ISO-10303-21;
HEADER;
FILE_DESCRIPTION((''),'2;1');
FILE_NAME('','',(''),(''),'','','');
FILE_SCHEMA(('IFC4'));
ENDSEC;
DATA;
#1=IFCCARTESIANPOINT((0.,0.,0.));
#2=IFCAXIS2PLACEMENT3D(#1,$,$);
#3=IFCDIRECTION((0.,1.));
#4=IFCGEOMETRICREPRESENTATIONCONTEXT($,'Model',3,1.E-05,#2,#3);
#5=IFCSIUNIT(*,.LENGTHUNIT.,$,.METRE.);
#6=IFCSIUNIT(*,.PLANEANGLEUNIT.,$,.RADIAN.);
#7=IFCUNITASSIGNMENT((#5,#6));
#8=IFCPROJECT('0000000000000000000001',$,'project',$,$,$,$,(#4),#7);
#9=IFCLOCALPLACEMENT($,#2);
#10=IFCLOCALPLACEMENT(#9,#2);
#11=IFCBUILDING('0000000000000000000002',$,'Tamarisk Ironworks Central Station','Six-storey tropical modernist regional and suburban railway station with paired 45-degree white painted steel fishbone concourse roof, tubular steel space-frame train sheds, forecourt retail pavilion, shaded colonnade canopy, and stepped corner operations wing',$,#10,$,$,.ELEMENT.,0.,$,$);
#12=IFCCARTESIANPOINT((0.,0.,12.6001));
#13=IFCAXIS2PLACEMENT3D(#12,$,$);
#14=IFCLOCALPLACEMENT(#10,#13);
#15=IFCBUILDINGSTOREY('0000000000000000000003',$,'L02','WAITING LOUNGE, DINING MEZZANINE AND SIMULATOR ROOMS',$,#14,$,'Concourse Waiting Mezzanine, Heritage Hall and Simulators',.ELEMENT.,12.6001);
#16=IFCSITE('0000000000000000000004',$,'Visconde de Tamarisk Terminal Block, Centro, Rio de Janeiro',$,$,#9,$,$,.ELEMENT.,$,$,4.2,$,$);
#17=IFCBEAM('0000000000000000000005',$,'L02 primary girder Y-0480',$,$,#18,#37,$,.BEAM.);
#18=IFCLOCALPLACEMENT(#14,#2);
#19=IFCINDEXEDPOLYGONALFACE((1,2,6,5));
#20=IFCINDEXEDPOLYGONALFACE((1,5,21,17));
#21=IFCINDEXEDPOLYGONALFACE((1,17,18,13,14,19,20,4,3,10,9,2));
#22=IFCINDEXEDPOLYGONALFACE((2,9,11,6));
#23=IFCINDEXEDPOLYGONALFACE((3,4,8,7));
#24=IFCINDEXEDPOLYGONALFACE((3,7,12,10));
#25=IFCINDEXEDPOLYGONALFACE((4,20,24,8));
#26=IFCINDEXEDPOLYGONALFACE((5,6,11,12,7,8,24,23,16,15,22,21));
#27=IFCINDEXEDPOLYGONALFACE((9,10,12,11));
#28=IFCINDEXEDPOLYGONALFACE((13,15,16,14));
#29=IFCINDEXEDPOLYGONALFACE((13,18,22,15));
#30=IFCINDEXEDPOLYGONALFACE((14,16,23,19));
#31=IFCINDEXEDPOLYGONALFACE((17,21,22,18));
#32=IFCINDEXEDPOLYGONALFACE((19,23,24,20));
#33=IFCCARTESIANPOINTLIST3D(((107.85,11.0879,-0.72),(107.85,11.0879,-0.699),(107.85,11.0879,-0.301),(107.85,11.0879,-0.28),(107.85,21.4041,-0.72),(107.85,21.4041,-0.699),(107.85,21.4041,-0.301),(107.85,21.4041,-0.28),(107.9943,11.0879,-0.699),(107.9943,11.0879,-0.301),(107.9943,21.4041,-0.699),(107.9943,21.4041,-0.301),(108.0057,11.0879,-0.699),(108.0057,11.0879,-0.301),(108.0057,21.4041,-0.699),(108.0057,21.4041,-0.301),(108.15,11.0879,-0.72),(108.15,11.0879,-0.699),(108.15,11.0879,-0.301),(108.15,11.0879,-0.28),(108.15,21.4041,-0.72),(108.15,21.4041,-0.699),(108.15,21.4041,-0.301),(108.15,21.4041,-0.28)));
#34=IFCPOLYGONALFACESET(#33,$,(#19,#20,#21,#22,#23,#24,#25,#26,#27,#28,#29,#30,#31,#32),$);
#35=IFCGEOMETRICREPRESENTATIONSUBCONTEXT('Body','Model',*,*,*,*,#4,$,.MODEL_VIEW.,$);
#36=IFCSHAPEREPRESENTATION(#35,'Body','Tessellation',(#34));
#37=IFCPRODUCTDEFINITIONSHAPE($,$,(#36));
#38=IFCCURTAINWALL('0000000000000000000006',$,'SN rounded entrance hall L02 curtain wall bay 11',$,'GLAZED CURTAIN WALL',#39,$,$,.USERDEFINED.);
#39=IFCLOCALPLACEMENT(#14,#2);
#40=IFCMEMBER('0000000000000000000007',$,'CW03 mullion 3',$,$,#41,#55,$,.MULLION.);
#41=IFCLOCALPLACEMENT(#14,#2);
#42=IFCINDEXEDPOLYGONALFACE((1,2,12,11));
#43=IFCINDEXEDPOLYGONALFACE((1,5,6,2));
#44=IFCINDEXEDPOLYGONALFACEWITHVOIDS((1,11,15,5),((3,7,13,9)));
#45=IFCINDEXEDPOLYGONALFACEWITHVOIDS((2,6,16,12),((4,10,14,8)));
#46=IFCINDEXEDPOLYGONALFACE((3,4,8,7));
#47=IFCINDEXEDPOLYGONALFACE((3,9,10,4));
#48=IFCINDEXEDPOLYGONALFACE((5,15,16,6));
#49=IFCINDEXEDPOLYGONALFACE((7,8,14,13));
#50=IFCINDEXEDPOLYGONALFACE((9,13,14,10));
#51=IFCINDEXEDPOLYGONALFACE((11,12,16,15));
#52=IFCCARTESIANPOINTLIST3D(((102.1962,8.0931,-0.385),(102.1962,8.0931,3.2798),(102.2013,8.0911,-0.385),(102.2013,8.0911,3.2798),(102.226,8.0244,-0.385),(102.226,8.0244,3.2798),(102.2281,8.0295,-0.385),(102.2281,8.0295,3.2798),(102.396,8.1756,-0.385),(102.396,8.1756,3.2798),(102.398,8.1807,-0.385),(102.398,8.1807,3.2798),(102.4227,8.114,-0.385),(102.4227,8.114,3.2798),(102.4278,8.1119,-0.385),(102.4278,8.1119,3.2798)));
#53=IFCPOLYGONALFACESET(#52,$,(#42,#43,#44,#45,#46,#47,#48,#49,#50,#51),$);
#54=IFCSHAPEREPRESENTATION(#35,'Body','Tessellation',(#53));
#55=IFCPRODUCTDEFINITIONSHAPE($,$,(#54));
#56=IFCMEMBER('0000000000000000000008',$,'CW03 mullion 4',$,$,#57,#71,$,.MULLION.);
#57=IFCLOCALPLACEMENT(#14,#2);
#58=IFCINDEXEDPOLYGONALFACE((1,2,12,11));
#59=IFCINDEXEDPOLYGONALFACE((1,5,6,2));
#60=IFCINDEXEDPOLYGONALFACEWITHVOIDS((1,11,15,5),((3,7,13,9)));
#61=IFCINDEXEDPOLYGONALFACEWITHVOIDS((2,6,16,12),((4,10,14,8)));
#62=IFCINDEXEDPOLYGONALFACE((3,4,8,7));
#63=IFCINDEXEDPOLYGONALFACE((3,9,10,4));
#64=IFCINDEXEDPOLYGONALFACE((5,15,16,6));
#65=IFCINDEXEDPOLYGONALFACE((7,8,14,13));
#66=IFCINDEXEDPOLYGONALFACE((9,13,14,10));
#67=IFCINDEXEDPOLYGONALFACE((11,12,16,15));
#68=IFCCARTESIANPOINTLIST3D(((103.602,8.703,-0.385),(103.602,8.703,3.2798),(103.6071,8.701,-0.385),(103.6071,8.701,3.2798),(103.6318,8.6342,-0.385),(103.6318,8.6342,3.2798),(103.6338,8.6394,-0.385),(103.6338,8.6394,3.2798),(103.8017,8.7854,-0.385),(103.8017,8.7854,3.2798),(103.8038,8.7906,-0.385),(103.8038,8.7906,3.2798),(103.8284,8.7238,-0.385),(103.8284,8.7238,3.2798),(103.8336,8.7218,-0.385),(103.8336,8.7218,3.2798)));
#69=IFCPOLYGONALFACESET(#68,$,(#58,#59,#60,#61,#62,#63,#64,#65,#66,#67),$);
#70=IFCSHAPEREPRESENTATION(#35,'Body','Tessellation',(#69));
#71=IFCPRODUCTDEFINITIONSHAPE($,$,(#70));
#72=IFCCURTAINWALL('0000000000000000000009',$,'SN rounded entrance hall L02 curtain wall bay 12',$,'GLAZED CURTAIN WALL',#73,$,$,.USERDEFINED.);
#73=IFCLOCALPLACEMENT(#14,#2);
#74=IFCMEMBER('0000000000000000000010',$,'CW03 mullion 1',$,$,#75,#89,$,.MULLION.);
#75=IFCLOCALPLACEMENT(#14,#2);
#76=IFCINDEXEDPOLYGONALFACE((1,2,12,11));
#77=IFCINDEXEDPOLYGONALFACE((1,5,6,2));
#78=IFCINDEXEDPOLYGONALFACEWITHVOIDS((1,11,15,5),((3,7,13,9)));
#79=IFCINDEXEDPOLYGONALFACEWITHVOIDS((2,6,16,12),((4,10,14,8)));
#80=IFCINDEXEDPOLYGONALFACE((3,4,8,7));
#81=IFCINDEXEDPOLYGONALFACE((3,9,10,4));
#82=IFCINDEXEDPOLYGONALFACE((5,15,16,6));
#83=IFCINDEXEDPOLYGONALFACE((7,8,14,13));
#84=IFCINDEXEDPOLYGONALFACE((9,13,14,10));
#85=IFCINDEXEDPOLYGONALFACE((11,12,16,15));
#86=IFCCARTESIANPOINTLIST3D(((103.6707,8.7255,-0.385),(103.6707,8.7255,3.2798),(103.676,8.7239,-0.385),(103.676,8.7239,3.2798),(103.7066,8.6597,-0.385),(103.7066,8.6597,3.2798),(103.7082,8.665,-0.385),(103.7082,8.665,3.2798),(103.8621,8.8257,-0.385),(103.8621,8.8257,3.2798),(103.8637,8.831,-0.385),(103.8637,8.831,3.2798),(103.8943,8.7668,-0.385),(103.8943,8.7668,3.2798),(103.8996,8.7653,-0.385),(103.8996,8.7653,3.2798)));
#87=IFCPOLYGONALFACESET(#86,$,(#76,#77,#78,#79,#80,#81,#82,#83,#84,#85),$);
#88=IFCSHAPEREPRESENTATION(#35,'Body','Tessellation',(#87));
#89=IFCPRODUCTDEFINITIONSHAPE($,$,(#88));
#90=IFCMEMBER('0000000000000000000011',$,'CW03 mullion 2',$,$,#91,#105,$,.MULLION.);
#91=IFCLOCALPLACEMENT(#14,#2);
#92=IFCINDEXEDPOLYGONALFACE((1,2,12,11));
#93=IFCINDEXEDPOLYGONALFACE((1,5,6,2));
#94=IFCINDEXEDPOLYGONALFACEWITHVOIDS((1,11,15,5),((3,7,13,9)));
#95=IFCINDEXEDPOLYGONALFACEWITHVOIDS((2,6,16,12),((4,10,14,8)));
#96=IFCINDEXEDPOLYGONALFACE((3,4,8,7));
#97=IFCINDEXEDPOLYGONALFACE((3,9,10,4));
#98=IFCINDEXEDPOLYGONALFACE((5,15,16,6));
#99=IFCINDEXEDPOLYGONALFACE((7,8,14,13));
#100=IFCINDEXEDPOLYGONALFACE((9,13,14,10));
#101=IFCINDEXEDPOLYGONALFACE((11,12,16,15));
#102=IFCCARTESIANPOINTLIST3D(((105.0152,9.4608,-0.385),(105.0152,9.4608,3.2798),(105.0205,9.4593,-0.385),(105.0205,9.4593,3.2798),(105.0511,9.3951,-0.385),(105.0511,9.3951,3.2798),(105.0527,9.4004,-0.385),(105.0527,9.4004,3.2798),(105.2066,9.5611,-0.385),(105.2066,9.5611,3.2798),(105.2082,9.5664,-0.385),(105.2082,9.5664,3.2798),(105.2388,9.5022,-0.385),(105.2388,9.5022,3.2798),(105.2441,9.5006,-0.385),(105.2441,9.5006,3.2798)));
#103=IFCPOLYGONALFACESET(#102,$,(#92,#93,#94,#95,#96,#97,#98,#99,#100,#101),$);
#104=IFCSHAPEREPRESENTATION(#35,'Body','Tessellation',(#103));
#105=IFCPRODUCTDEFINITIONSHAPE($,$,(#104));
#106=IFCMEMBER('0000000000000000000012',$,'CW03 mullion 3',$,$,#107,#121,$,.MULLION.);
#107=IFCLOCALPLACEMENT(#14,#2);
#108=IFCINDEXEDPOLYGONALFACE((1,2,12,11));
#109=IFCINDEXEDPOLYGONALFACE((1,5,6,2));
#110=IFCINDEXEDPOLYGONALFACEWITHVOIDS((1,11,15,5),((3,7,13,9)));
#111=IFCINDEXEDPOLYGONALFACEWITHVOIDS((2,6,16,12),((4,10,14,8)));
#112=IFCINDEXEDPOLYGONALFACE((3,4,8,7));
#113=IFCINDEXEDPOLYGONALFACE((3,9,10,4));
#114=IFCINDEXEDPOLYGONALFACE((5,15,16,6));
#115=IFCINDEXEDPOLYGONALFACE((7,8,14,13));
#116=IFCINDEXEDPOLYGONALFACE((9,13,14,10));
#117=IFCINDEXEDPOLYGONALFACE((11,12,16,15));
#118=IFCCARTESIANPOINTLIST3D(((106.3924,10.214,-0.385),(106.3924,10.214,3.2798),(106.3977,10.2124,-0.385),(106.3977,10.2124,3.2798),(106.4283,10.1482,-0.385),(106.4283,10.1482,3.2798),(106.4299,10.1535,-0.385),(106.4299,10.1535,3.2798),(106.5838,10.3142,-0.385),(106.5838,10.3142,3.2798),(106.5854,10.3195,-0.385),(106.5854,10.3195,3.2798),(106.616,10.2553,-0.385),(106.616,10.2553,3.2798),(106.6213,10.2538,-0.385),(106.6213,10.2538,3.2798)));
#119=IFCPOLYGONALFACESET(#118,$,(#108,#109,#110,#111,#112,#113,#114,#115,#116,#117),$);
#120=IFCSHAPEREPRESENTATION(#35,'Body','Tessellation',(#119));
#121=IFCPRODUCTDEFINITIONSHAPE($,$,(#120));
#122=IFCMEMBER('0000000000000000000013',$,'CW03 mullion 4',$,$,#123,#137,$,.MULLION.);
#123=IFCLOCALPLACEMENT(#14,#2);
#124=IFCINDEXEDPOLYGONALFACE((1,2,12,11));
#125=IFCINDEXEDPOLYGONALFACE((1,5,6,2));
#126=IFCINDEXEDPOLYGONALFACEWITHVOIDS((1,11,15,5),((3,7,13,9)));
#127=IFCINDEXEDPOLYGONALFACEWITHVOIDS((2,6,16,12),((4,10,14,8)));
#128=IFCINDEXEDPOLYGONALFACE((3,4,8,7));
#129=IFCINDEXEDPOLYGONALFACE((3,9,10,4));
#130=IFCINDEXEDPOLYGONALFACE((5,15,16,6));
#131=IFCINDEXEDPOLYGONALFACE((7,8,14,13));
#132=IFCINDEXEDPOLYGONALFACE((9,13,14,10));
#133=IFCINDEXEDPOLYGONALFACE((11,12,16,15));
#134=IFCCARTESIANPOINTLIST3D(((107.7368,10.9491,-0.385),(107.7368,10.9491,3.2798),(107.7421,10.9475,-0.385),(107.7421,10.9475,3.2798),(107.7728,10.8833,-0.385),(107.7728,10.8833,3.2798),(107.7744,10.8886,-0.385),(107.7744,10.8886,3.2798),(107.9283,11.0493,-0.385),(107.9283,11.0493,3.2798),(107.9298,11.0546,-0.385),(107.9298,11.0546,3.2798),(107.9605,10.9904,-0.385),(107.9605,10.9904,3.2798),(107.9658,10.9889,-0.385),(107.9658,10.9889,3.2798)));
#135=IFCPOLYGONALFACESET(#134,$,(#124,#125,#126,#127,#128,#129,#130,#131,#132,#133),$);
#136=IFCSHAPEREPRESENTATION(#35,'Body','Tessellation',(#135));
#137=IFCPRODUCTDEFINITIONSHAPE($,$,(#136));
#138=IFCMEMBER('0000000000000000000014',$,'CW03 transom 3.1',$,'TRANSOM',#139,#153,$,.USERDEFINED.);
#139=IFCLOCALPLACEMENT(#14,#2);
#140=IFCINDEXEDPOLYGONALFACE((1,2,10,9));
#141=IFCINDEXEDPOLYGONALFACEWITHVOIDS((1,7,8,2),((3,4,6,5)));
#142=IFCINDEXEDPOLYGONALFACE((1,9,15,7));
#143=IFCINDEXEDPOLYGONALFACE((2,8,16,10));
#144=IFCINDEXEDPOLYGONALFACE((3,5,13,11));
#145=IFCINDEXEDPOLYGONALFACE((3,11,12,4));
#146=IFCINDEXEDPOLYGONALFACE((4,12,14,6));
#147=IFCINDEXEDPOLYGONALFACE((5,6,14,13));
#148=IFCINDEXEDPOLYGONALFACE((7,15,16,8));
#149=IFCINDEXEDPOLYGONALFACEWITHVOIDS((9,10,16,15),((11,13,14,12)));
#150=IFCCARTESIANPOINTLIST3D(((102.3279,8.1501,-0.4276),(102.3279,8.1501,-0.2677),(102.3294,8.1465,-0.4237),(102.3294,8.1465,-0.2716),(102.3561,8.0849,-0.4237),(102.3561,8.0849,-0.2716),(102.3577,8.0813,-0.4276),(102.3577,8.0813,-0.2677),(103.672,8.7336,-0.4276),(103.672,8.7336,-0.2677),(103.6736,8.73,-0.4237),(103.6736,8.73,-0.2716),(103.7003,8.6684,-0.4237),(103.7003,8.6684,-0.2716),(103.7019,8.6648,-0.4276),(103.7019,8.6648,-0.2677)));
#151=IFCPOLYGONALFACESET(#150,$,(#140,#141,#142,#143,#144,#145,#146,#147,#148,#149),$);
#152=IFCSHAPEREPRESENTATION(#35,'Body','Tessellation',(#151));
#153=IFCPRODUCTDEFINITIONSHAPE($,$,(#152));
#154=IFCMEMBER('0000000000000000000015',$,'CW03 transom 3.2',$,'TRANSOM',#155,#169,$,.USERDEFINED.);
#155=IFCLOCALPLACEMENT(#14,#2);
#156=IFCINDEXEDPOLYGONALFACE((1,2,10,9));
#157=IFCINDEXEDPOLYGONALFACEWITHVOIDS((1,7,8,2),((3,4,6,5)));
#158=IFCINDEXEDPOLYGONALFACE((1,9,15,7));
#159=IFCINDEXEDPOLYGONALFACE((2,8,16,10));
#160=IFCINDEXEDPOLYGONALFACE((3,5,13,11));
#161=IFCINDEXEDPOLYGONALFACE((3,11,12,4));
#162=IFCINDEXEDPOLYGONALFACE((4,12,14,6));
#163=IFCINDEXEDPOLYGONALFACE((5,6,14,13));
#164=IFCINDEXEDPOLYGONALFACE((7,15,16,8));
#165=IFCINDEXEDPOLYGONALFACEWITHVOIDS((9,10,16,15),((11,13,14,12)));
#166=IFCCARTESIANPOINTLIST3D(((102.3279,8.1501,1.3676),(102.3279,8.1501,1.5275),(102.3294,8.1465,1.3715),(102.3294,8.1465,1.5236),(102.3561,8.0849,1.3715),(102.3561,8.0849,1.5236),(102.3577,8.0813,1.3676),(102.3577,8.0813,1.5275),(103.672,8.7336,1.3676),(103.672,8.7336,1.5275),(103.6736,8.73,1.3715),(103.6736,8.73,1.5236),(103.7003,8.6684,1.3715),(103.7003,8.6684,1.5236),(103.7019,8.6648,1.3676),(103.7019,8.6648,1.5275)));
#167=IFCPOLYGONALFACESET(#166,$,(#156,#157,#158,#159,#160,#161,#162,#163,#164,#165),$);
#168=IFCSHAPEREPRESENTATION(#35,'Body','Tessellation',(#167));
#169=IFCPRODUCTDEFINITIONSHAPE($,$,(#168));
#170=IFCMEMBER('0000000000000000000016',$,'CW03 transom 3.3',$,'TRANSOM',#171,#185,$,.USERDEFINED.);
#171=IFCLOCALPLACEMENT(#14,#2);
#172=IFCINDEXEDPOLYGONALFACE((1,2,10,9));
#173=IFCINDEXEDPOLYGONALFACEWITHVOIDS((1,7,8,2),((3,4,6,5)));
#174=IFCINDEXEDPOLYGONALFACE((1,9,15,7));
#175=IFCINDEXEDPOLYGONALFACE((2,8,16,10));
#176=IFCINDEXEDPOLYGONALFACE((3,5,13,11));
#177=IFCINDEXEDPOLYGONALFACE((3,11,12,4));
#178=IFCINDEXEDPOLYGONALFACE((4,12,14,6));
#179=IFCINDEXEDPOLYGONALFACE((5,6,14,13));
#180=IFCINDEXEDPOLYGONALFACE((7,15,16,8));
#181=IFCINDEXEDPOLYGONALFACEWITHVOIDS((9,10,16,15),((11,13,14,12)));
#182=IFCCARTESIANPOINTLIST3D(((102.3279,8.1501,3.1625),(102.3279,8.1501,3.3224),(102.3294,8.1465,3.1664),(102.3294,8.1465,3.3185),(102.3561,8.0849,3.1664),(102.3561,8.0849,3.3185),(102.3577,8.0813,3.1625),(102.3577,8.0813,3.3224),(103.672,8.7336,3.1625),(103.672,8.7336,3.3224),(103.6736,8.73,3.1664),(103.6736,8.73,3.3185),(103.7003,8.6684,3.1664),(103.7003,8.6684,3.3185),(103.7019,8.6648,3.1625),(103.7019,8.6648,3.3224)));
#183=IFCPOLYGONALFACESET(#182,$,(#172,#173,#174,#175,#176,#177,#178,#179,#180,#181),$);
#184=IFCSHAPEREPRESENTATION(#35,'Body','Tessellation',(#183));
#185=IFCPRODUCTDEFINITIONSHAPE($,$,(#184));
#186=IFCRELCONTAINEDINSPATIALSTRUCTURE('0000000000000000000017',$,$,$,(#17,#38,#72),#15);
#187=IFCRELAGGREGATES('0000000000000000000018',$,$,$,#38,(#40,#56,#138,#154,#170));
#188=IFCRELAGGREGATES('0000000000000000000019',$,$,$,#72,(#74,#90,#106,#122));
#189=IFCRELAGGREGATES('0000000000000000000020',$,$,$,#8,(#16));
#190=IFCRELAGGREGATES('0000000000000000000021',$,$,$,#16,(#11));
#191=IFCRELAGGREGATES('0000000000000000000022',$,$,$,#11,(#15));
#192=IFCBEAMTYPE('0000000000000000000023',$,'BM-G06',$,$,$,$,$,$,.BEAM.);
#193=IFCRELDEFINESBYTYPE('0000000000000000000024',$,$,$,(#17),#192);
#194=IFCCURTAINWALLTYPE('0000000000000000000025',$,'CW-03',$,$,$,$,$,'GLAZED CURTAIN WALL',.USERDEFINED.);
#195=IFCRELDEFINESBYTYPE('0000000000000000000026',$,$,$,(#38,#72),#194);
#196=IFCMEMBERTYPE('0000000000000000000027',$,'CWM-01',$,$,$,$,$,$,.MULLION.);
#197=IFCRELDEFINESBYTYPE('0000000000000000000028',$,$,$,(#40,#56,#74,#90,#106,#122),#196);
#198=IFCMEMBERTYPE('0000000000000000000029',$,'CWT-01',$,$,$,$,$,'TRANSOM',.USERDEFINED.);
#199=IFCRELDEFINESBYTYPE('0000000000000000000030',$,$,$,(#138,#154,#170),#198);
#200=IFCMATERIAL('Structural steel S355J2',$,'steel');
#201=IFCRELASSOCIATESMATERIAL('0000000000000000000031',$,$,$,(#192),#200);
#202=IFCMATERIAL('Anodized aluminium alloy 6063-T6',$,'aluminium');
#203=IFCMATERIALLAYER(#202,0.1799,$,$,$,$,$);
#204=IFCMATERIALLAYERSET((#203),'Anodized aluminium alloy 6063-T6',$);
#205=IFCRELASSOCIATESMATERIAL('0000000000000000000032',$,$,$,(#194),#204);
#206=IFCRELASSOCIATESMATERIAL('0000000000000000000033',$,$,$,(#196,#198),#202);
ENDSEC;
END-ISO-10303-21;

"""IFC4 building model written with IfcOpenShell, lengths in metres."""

from ifc_helpers import new_model, si_unit, direction, frame, origin, origin_2d, place, context, subcontext, project, spatial, hollow_rectangle, i_section, extrude, material, layer, layer_set, material_profile, profile_set, type_object, element, aggregate, save


model = new_model("IFC4")

# Units and contexts
model_context = context("Model", 3, precision=1e-05, world=origin(), true_north=direction((0.0, 1.0)))
body_context = subcontext(model_context, "Body", "Model", "MODEL_VIEW")
ifc_project = project(units=[si_unit("LENGTHUNIT", "METRE"), si_unit("PLANEANGLEUNIT", "RADIAN")], contexts=[model_context])

# Site, building, storey
site_placement = place(None, origin())
site = spatial("IfcSite", under=ifc_project, at=site_placement, Name="Visconde de Tamarisk Terminal Block, Centro, Rio de Janeiro", CompositionType="ELEMENT", RefElevation=4.2)
building_placement = place(site_placement, origin())
building = spatial("IfcBuilding", under=site, at=building_placement, Name="Tamarisk Ironworks Central Station", Description="Six-storey tropical modernist regional and suburban railway station with paired 45-degree white painted steel fishbone concourse roof, tubular steel space-frame train sheds, forecourt retail pavilion, shaded colonnade canopy, and stepped corner operations wing", CompositionType="ELEMENT", ElevationOfRefHeight=0.0)
storey_placement = place(building_placement, frame((0.0, 0.0, 12.6001)))
storey = spatial("IfcBuildingStorey", under=building, at=storey_placement, Name="L02", Description="WAITING LOUNGE, DINING MEZZANINE AND SIMULATOR ROOMS", LongName="Concourse Waiting Mezzanine, Heritage Hall and Simulators", CompositionType="ELEMENT", Elevation=12.6001)

# Beam
ifc_material_1 = material(Name="Structural steel S355J2", Category="steel")
ifc_material_profile_1 = material_profile(ifc_material_1, i_section(OverallWidth=0.3, OverallDepth=0.4399, WebThickness=0.0115, FlangeThickness=0.021, at=origin_2d()), Name="HEA 450")
ifc_profile_set_1 = profile_set([ifc_material_profile_1], Name="Structural steel S355J2")
beam_type_1 = type_object("IfcBeamType", Name="BM-G06", PredefinedType="BEAM", material=ifc_profile_set_1)
beam_1_placement = place(storey_placement, frame((108.0, 11.0879, -0.5), z_axis=(0.0, 1.0, 0.0), x_axis=(-1.0, 0.0, 0.0)))
element("IfcBeam", 1, at=beam_1_placement, inside=storey, type_object=beam_type_1, Name="L02 primary girder Y-0480", PredefinedType="BEAM", context=body_context, shape_type="SweptSolid", body=[
    extrude(i_section(OverallWidth=0.3, OverallDepth=0.4399, WebThickness=0.0115, FlangeThickness=0.021, at=origin_2d()), origin(), (0.0, 0.0, 1.0), 10.3162),
])

# Curtain walls, members
ifc_material_2 = material(Name="Anodized aluminium alloy 6063-T6", Category="aluminium")
ifc_layer_1 = layer(ifc_material_2, 0.1799)
ifc_layer_set_1 = layer_set([ifc_layer_1], Name="Anodized aluminium alloy 6063-T6")
curtain_wall_type = type_object("IfcCurtainWallType", Name="CW-03", ElementType="GLAZED CURTAIN WALL", PredefinedType="USERDEFINED", material=ifc_layer_set_1)
curtain_wall_1_placement = place(storey_placement, origin())
curtain_wall_1 = element("IfcCurtainWall", 2, at=curtain_wall_1_placement, inside=storey, type_object=curtain_wall_type, Name="SN rounded entrance hall L02 curtain wall bay 11", ObjectType="GLAZED CURTAIN WALL", PredefinedType="USERDEFINED")
ifc_material_profile_2 = material_profile(ifc_material_2, hollow_rectangle(XDim=0.075, YDim=0.22, WallThickness=0.0039, at=origin_2d()), Name="ALUM 220x75")
ifc_profile_set_2 = profile_set([ifc_material_profile_2], Name="Anodized aluminium alloy 6063-T6")
member_type_1 = type_object("IfcMemberType", Name="CWM-01", PredefinedType="MULLION", material=ifc_profile_set_2)
member_1_placement = place(storey_placement, frame((102.312, 8.1025, -0.385), z_axis=(0.0, 0.0, 1.0), x_axis=(-0.398077, 0.917352, 0.0)))
member_1 = element("IfcMember", 3, at=member_1_placement, type_object=member_type_1, Name="CW03 mullion 3", PredefinedType="MULLION", context=body_context, shape_type="SweptSolid", body=[
    extrude(hollow_rectangle(XDim=0.075, YDim=0.22, WallThickness=0.0039, at=origin_2d()), origin(), (0.0, 0.0, 1.0), 3.6648),
])
member_2_placement = place(storey_placement, frame((103.7178, 8.7124, -0.385), z_axis=(0.0, 0.0, 1.0), x_axis=(-0.398077, 0.917352, 0.0)))
member_2 = element("IfcMember", 4, at=member_2_placement, type_object=member_type_1, Name="CW03 mullion 4", PredefinedType="MULLION", context=body_context, shape_type="SweptSolid", body=[
    extrude(hollow_rectangle(XDim=0.075, YDim=0.22, WallThickness=0.0039, at=origin_2d()), origin(), (0.0, 0.0, 1.0), 3.6648),
])
curtain_wall_2_placement = place(storey_placement, origin())
curtain_wall_2 = element("IfcCurtainWall", 5, at=curtain_wall_2_placement, inside=storey, type_object=curtain_wall_type, Name="SN rounded entrance hall L02 curtain wall bay 12", ObjectType="GLAZED CURTAIN WALL", PredefinedType="USERDEFINED")
member_3_placement = place(storey_placement, frame((103.7852, 8.7454, -0.385), z_axis=(0.0, 0.0, 1.0), x_axis=(-0.479805, 0.877375, 0.0)))
member_3 = element("IfcMember", 6, at=member_3_placement, type_object=member_type_1, Name="CW03 mullion 1", PredefinedType="MULLION", context=body_context, shape_type="SweptSolid", body=[
    extrude(hollow_rectangle(XDim=0.075, YDim=0.22, WallThickness=0.0039, at=origin_2d()), origin(), (0.0, 0.0, 1.0), 3.6648),
])
member_4_placement = place(storey_placement, frame((105.1296, 9.4807, -0.385), z_axis=(0.0, 0.0, 1.0), x_axis=(-0.479805, 0.877375, 0.0)))
member_4 = element("IfcMember", 7, at=member_4_placement, type_object=member_type_1, Name="CW03 mullion 2", PredefinedType="MULLION", context=body_context, shape_type="SweptSolid", body=[
    extrude(hollow_rectangle(XDim=0.075, YDim=0.22, WallThickness=0.0039, at=origin_2d()), origin(), (0.0, 0.0, 1.0), 3.6648),
])
member_5_placement = place(storey_placement, frame((106.5068, 10.2339, -0.385), z_axis=(0.0, 0.0, 1.0), x_axis=(-0.479805, 0.877375, 0.0)))
member_5 = element("IfcMember", 8, at=member_5_placement, type_object=member_type_1, Name="CW03 mullion 3", PredefinedType="MULLION", context=body_context, shape_type="SweptSolid", body=[
    extrude(hollow_rectangle(XDim=0.075, YDim=0.22, WallThickness=0.0039, at=origin_2d()), origin(), (0.0, 0.0, 1.0), 3.6648),
])
member_6_placement = place(storey_placement, frame((107.8513, 10.969, -0.385), z_axis=(0.0, 0.0, 1.0), x_axis=(-0.479805, 0.877375, 0.0)))
member_6 = element("IfcMember", 9, at=member_6_placement, type_object=member_type_1, Name="CW03 mullion 4", PredefinedType="MULLION", context=body_context, shape_type="SweptSolid", body=[
    extrude(hollow_rectangle(XDim=0.075, YDim=0.22, WallThickness=0.0039, at=origin_2d()), origin(), (0.0, 0.0, 1.0), 3.6648),
])

# Members
ifc_material_profile_3 = material_profile(ifc_material_2, hollow_rectangle(XDim=0.075, YDim=0.1599, WallThickness=0.0039, at=origin_2d()), Name="ALUM 160x75")
ifc_profile_set_3 = profile_set([ifc_material_profile_3], Name="Anodized aluminium alloy 6063-T6")
member_type_2 = type_object("IfcMemberType", Name="CWT-01", ElementType="TRANSOM", PredefinedType="USERDEFINED", material=ifc_profile_set_3)
member_7_placement = place(storey_placement, frame((102.3428, 8.1157, -0.3477), z_axis=(0.917308, 0.398178, 0.0), x_axis=(-0.398178, 0.917308, 0.0)))
member_7 = element("IfcMember", 10, at=member_7_placement, type_object=member_type_2, Name="CW03 transom 3.1", ObjectType="TRANSOM", PredefinedType="USERDEFINED", context=body_context, shape_type="SweptSolid", body=[
    extrude(hollow_rectangle(XDim=0.075, YDim=0.1599, WallThickness=0.0039, at=origin_2d()), origin(), (0.0, 0.0, 1.0), 1.4653),
])
member_8_placement = place(storey_placement, frame((102.3428, 8.1157, 1.4475), z_axis=(0.917308, 0.398178, 0.0), x_axis=(-0.398178, 0.917308, 0.0)))
member_8 = element("IfcMember", 11, at=member_8_placement, type_object=member_type_2, Name="CW03 transom 3.2", ObjectType="TRANSOM", PredefinedType="USERDEFINED", context=body_context, shape_type="SweptSolid", body=[
    extrude(hollow_rectangle(XDim=0.075, YDim=0.1599, WallThickness=0.0039, at=origin_2d()), origin(), (0.0, 0.0, 1.0), 1.4653),
])
member_9_placement = place(storey_placement, frame((102.3428, 8.1157, 3.2424), z_axis=(0.917308, 0.398178, 0.0), x_axis=(-0.398178, 0.917308, 0.0)))
member_9 = element("IfcMember", 12, at=member_9_placement, type_object=member_type_2, Name="CW03 transom 3.3", ObjectType="TRANSOM", PredefinedType="USERDEFINED", context=body_context, shape_type="SweptSolid", body=[
    extrude(hollow_rectangle(XDim=0.075, YDim=0.1599, WallThickness=0.0039, at=origin_2d()), origin(), (0.0, 0.0, 1.0), 1.4653),
])

aggregate(curtain_wall_1, [member_1, member_2, member_7, member_8, member_9])
aggregate(curtain_wall_2, [member_3, member_4, member_5, member_6])

save(model, "model.ifc")
